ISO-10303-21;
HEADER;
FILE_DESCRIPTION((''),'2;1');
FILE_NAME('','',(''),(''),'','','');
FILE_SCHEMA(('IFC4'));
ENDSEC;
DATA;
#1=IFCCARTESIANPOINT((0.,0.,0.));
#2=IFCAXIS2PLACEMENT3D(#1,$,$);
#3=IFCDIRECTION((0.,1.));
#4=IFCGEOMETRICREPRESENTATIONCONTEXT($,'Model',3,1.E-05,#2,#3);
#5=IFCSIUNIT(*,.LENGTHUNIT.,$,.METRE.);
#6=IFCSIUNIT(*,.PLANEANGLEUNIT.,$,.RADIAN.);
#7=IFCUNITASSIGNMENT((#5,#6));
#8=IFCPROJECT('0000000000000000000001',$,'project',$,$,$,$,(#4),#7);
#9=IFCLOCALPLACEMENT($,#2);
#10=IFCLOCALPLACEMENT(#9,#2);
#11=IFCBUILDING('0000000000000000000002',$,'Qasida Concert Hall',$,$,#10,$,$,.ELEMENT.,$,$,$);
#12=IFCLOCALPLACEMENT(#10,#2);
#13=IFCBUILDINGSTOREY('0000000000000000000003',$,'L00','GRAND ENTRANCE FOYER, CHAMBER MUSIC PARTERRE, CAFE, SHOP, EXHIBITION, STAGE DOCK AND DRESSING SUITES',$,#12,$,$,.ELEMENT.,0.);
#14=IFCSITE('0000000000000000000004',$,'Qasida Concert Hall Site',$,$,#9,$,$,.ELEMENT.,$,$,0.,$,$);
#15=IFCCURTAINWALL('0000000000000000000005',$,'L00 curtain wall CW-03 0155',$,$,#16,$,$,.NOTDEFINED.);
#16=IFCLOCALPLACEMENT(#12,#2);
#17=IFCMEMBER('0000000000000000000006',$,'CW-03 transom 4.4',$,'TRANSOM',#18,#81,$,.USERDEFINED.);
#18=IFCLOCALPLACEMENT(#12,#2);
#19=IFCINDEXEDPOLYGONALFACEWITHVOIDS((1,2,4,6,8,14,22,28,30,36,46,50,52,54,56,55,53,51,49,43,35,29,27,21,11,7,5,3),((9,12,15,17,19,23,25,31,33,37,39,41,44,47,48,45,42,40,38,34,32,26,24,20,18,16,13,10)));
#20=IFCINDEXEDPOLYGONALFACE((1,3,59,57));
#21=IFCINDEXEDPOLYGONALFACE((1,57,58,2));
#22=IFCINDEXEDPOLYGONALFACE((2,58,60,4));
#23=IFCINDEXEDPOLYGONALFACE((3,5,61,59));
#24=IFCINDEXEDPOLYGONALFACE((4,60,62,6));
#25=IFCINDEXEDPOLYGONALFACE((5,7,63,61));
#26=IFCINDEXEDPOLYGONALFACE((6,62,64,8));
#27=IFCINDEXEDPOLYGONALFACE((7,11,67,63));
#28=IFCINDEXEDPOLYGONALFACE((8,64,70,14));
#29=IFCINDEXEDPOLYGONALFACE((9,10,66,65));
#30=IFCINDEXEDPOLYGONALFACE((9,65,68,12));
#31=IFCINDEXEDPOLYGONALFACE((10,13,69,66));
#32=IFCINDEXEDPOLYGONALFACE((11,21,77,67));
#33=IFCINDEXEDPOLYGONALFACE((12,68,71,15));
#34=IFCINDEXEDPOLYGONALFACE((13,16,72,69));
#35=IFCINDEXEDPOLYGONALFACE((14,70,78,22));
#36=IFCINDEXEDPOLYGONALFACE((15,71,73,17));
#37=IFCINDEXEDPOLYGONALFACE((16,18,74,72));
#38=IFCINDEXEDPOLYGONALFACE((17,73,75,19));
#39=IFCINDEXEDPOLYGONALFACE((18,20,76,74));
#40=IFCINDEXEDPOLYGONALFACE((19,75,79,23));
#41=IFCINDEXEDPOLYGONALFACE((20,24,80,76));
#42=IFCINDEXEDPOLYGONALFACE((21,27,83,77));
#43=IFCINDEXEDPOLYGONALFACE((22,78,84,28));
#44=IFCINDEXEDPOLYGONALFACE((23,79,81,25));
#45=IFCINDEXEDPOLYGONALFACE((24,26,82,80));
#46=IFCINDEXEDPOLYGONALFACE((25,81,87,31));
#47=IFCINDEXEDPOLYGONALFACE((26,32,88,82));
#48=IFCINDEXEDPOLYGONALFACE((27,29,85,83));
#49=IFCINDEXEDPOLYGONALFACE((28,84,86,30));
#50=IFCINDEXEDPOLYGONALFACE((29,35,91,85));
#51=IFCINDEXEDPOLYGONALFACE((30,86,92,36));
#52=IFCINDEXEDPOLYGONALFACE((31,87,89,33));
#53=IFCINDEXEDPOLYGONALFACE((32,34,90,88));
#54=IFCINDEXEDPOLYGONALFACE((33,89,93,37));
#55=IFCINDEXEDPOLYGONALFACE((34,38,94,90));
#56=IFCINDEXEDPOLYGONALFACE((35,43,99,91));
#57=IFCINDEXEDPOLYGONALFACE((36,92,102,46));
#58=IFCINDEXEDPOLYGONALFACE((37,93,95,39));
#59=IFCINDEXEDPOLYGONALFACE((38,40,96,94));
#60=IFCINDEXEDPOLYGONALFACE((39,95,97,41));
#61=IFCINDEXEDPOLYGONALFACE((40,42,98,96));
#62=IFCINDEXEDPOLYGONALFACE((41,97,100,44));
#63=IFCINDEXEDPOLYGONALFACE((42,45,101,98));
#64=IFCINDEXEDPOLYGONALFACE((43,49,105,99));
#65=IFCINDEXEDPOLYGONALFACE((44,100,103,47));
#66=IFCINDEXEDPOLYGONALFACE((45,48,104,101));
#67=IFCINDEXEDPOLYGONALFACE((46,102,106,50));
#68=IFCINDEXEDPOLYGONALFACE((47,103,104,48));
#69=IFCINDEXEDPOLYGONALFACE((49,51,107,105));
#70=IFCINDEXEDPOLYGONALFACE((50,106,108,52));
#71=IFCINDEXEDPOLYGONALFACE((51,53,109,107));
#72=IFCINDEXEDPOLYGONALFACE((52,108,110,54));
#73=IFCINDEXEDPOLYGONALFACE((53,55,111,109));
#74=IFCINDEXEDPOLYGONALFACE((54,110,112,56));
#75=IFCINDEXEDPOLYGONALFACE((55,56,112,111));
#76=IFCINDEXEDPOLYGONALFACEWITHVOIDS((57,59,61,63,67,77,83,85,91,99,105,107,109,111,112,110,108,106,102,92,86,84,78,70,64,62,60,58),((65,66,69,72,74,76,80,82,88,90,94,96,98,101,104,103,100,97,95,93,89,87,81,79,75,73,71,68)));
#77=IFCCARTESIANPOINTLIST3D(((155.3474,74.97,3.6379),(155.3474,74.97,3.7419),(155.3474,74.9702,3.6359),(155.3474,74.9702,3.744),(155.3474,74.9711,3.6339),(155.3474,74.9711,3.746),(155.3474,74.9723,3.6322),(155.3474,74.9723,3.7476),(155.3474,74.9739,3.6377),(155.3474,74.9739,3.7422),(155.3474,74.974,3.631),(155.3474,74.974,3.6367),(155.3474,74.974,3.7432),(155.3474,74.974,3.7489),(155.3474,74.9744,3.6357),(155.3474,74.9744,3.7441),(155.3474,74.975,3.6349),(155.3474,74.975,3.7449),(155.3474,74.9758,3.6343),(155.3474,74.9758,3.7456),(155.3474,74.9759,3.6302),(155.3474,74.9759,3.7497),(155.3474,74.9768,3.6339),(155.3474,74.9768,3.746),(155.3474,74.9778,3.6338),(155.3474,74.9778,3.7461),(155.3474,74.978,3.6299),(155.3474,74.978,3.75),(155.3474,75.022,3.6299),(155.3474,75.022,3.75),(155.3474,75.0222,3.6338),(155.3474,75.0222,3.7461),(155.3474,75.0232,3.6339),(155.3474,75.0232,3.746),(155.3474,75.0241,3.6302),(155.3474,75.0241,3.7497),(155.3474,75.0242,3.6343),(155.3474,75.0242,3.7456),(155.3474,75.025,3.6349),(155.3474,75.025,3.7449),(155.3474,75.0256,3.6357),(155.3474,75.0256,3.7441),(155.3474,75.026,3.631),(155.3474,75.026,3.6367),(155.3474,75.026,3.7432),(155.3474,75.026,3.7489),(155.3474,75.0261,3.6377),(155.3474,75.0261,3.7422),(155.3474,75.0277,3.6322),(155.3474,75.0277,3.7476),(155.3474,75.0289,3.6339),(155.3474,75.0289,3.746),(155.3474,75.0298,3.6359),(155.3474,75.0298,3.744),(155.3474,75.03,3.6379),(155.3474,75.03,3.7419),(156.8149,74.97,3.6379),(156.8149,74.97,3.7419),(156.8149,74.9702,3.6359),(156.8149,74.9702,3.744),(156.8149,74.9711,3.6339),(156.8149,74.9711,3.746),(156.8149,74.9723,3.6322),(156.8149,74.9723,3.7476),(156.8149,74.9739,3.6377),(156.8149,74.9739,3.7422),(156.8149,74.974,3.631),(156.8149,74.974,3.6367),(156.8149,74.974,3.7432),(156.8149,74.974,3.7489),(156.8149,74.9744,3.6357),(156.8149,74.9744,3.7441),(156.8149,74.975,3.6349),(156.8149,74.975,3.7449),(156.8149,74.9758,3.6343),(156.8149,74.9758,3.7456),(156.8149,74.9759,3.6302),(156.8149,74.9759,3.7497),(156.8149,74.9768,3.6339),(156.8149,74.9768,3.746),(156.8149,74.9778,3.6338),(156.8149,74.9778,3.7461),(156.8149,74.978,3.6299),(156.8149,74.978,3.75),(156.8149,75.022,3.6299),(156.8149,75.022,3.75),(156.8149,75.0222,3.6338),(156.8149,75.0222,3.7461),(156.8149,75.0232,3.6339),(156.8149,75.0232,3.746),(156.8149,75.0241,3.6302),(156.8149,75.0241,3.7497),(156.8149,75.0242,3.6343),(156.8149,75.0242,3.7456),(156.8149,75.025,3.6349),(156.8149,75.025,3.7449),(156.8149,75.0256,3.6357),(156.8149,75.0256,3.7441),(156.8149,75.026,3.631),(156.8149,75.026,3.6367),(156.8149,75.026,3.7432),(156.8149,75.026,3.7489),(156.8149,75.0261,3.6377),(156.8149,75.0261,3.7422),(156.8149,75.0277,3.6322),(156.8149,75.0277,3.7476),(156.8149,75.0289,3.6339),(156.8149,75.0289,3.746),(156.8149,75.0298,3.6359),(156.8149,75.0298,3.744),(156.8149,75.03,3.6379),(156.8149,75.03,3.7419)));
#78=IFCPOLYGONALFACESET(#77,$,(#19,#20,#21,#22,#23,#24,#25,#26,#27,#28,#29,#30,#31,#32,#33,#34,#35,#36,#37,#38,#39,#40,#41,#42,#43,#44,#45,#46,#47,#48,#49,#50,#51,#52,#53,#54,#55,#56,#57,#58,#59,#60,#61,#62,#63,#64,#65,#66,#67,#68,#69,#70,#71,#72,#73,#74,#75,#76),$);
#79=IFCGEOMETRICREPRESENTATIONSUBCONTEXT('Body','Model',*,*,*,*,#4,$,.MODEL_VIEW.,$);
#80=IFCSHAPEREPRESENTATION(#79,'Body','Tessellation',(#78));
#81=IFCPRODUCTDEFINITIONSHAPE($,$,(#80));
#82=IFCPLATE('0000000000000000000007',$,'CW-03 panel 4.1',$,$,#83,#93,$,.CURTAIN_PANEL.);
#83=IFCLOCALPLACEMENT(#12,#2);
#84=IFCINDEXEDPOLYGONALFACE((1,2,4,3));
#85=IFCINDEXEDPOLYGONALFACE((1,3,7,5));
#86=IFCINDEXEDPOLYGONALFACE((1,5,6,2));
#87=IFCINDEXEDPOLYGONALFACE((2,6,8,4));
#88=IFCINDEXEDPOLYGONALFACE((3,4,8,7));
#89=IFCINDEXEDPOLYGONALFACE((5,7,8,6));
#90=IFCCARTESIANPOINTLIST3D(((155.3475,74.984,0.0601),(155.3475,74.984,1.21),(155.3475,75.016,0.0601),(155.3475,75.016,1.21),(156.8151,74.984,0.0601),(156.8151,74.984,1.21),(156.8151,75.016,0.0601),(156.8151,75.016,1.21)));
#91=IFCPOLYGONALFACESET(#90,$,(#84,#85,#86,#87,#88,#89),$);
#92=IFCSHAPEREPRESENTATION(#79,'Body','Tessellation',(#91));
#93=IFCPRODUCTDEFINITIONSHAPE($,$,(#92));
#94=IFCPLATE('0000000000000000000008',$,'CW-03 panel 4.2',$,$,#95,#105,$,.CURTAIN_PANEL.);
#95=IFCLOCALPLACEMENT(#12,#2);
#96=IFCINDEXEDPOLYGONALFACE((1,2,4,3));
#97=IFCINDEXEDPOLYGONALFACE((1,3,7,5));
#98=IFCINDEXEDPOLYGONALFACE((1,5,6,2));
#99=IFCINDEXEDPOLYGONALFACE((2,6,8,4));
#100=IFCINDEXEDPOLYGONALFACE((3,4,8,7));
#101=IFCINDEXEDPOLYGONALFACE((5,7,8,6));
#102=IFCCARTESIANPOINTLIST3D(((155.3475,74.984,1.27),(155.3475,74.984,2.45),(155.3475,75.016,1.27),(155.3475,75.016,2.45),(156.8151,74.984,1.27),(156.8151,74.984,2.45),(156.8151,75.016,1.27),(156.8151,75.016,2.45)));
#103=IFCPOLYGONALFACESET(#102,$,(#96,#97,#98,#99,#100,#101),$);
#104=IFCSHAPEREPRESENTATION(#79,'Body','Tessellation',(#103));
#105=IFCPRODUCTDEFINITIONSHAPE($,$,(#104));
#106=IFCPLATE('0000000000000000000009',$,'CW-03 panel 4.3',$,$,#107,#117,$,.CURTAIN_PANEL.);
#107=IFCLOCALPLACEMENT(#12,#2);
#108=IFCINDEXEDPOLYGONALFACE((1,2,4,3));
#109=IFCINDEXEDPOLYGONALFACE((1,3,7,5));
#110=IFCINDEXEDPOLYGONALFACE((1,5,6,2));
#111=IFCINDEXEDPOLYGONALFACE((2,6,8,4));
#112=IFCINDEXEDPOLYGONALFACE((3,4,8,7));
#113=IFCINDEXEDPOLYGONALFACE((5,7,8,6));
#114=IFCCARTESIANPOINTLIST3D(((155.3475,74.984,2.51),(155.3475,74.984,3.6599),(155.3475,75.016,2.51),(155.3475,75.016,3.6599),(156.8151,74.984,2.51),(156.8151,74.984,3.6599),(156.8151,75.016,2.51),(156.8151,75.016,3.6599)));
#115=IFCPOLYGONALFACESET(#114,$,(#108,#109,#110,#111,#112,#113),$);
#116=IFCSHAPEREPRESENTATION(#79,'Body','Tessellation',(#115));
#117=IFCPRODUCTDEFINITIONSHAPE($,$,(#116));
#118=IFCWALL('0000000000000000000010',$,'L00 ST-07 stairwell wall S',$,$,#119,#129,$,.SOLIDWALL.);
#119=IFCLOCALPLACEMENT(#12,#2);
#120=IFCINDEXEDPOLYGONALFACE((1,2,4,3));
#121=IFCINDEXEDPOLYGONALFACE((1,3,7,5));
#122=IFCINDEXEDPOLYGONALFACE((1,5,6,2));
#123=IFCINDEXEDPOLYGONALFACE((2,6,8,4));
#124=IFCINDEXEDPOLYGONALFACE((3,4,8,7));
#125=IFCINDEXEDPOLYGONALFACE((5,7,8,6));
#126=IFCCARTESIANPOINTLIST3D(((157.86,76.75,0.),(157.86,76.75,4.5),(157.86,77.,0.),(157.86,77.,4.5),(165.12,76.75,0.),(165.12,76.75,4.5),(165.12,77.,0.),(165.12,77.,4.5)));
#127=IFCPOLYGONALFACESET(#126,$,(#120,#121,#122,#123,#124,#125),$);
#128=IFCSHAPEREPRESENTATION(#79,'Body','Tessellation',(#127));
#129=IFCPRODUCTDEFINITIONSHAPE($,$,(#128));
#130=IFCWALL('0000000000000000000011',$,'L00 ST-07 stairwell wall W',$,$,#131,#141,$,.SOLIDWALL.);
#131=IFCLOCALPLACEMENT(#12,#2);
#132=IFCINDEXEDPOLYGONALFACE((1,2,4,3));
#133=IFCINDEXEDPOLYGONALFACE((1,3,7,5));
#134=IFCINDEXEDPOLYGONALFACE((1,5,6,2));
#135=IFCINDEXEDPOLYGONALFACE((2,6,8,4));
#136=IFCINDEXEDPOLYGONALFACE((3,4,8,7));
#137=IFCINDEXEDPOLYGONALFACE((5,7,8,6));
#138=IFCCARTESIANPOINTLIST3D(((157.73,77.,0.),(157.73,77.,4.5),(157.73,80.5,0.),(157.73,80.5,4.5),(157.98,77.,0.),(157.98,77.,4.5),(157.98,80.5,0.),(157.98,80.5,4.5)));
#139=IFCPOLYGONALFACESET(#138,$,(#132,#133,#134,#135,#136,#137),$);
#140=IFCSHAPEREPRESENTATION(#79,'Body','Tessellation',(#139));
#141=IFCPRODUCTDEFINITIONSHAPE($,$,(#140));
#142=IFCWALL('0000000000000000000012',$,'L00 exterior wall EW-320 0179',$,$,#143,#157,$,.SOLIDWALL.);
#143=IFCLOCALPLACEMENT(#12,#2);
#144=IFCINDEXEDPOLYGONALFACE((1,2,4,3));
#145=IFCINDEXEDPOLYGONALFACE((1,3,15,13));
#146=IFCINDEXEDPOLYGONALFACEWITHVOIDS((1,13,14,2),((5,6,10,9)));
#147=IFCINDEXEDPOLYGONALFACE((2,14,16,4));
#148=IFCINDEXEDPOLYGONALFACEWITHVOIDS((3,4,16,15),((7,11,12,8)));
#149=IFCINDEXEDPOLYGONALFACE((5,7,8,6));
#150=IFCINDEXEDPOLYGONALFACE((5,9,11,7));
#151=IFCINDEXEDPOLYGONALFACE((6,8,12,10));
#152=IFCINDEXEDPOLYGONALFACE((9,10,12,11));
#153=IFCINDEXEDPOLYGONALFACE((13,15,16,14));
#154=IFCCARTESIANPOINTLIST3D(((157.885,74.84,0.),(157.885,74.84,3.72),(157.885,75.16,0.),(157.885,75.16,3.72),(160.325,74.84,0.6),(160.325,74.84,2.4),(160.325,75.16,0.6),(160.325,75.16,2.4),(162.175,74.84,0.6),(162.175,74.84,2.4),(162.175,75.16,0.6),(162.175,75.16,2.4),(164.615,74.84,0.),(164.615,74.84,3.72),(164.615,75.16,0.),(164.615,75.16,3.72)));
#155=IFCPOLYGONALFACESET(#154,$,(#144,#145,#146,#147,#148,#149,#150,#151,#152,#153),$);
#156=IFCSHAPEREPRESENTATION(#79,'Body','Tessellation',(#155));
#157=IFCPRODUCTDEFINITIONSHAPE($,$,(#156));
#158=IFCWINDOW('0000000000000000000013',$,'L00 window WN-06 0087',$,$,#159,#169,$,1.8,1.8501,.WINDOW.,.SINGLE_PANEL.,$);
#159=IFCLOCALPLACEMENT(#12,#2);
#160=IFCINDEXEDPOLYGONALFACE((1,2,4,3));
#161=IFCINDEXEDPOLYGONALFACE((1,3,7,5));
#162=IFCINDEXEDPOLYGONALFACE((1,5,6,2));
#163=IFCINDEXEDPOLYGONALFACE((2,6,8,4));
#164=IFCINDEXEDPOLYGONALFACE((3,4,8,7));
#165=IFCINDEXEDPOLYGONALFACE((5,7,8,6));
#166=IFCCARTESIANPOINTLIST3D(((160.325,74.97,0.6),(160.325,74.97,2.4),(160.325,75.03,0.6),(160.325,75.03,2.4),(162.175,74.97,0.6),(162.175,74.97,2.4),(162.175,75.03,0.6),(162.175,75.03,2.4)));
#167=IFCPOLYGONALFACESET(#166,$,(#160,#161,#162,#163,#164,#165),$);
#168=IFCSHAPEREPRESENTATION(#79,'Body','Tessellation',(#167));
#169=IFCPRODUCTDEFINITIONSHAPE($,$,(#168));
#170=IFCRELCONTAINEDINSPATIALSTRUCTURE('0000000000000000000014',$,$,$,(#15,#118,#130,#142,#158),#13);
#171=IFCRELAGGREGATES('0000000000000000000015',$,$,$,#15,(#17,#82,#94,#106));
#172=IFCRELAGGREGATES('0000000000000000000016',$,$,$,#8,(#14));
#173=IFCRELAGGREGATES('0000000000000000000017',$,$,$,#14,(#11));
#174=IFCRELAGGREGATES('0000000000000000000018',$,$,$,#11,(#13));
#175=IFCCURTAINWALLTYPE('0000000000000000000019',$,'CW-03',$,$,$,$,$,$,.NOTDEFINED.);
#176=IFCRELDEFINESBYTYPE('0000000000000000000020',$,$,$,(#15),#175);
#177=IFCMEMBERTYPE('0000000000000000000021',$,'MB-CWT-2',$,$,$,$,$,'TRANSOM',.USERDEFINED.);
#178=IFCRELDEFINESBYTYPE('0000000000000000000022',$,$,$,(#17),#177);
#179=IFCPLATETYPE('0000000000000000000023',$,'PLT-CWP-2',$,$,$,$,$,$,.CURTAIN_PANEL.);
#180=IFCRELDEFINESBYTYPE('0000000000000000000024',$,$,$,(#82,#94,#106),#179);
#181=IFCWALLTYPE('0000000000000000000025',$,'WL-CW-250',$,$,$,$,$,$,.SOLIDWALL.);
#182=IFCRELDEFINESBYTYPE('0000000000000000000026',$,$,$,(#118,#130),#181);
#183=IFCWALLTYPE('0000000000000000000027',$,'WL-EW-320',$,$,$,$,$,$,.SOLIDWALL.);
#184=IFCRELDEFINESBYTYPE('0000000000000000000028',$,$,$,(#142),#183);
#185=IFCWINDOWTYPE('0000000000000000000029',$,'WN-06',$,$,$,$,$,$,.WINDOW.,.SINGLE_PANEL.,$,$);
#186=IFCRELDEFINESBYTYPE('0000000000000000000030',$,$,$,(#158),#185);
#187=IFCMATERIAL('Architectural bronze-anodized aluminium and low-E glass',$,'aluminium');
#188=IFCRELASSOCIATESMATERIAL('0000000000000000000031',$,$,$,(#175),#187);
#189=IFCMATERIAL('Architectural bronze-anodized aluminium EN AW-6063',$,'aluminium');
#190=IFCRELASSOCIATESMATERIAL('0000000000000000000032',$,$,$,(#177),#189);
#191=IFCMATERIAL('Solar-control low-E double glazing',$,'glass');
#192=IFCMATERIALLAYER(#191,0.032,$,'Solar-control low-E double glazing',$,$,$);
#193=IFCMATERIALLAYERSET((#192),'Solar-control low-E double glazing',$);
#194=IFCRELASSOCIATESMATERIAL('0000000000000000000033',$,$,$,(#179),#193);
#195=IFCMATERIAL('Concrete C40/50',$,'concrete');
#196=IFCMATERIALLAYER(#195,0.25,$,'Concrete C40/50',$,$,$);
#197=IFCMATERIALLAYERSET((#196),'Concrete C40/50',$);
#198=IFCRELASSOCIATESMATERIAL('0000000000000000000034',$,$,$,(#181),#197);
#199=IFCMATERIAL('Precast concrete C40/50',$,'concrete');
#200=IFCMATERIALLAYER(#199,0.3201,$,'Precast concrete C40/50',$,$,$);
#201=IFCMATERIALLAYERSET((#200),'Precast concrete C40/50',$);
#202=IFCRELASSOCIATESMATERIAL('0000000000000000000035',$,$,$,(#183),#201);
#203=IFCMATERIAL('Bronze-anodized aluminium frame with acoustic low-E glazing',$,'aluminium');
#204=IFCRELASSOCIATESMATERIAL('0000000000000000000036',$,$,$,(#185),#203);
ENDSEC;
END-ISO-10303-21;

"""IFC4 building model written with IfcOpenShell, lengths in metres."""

from ifc_helpers import new_model, si_unit, direction, frame, frame_2d, origin, origin_2d, place, context, subcontext, project, spatial, rectangle, hollow_rectangle, extrude, material, layer, layer_set, material_profile, profile_set, type_object, element, fill, aggregate, save


model = new_model("IFC4")

# Units and contexts
model_context = context("Model", 3, precision=1e-05, world=origin(), true_north=direction((0.0, 1.0)))
body_context = subcontext(model_context, "Body", "Model", "MODEL_VIEW")
ifc_project = project(units=[si_unit("LENGTHUNIT", "METRE"), si_unit("PLANEANGLEUNIT", "RADIAN")], contexts=[model_context])

# Site, building, storey
site_placement = place(None, origin())
site = spatial("IfcSite", under=ifc_project, at=site_placement, Name="Qasida Concert Hall Site", CompositionType="ELEMENT", RefElevation=0.0)
building_placement = place(site_placement, origin())
building = spatial("IfcBuilding", under=site, at=building_placement, Name="Qasida Concert Hall", CompositionType="ELEMENT")
storey_placement = place(building_placement, origin())
storey = spatial("IfcBuildingStorey", under=building, at=storey_placement, Name="L00", Description="GRAND ENTRANCE FOYER, CHAMBER MUSIC PARTERRE, CAFE, SHOP, EXHIBITION, STAGE DOCK AND DRESSING SUITES", CompositionType="ELEMENT", Elevation=0.0)

# Shared definitions
ifc_material_1 = material(Name="Concrete C40/50", Category="concrete")

# Curtain wall, member, plates
ifc_material_2 = material(Name="Architectural bronze-anodized aluminium and low-E glass", Category="aluminium")
curtain_wall_type = type_object("IfcCurtainWallType", Name="CW-03", PredefinedType="NOTDEFINED", material=ifc_material_2)
curtain_wall_placement = place(storey_placement, origin())
curtain_wall = element("IfcCurtainWall", 1, at=curtain_wall_placement, inside=storey, type_object=curtain_wall_type, Name="L00 curtain wall CW-03 0155", PredefinedType="NOTDEFINED")
ifc_material_3 = material(Name="Architectural bronze-anodized aluminium EN AW-6063", Category="aluminium")
ifc_material_profile_1 = material_profile(ifc_material_3, hollow_rectangle(XDim=0.0601, YDim=0.1201, WallThickness=0.0039, InnerFilletRadius=0.0039, OuterFilletRadius=0.0081, at=origin_2d()), Name="CWT 120x60x4")
ifc_profile_set_1 = profile_set([ifc_material_profile_1], Name="Architectural bronze-anodized aluminium EN AW-6063")
member_type_1 = type_object("IfcMemberType", Name="MB-CWT-2", ElementType="TRANSOM", PredefinedType="USERDEFINED", material=ifc_profile_set_1)
member_1_placement = place(storey_placement, frame((155.3474, 75.0, 3.6899), z_axis=(1.0, 0.0, 0.0), x_axis=(0.0, 1.0, 0.0)))
member_1 = element("IfcMember", 2, at=member_1_placement, type_object=member_type_1, Name="CW-03 transom 4.4", ObjectType="TRANSOM", PredefinedType="USERDEFINED", context=body_context, shape_type="SweptSolid", body=[
    extrude(hollow_rectangle(XDim=0.0601, YDim=0.1201, WallThickness=0.0039, InnerFilletRadius=0.0039, OuterFilletRadius=0.0081, at=origin_2d()), origin(), (0.0, 0.0, 1.0), 1.4675),
])
ifc_material_4 = material(Name="Solar-control low-E double glazing", Category="glass")
ifc_layer_1 = layer(ifc_material_4, 0.032, Name="Solar-control low-E double glazing")
ifc_layer_set_1 = layer_set([ifc_layer_1], Name="Solar-control low-E double glazing")
plate_type = type_object("IfcPlateType", Name="PLT-CWP-2", PredefinedType="CURTAIN_PANEL", material=ifc_layer_set_1)
plate_1_placement = place(storey_placement, frame((156.0813, 75.0, 0.0601), z_axis=(0.0, 0.0, 1.0), x_axis=(1.0, 0.0, 0.0)))
plate_1 = element("IfcPlate", 3, at=plate_1_placement, type_object=plate_type, Name="CW-03 panel 4.1", PredefinedType="CURTAIN_PANEL", context=body_context, shape_type="SweptSolid", body=[
    extrude(rectangle(XDim=1.4675, YDim=0.032, at=origin_2d()), origin(), (0.0, 0.0, 1.0), 1.1499),
])
plate_2_placement = place(storey_placement, frame((156.0813, 75.0, 1.27), z_axis=(0.0, 0.0, 1.0), x_axis=(1.0, 0.0, 0.0)))
plate_2 = element("IfcPlate", 4, at=plate_2_placement, type_object=plate_type, Name="CW-03 panel 4.2", PredefinedType="CURTAIN_PANEL", context=body_context, shape_type="SweptSolid", body=[
    extrude(rectangle(XDim=1.4675, YDim=0.032, at=origin_2d()), origin(), (0.0, 0.0, 1.0), 1.1799),
])
plate_3_placement = place(storey_placement, frame((156.0813, 75.0, 2.51), z_axis=(0.0, 0.0, 1.0), x_axis=(1.0, 0.0, 0.0)))
plate_3 = element("IfcPlate", 5, at=plate_3_placement, type_object=plate_type, Name="CW-03 panel 4.3", PredefinedType="CURTAIN_PANEL", context=body_context, shape_type="SweptSolid", body=[
    extrude(rectangle(XDim=1.4675, YDim=0.032, at=origin_2d()), origin(), (0.0, 0.0, 1.0), 1.1499),
])
aggregate(curtain_wall, [member_1, plate_1, plate_2, plate_3])

# Walls
ifc_layer_2 = layer(ifc_material_1, 0.25, Name="Concrete C40/50")
ifc_layer_set_2 = layer_set([ifc_layer_2], Name="Concrete C40/50")
wall_type_1 = type_object("IfcWallType", Name="WL-CW-250", PredefinedType="SOLIDWALL", material=ifc_layer_set_2)
wall_1_placement = place(storey_placement, frame((157.8601, 76.875, 0.0), z_axis=(0.0, 0.0, 1.0), x_axis=(1.0, 0.0, 0.0)))
element("IfcWall", 6, at=wall_1_placement, inside=storey, type_object=wall_type_1, Name="L00 ST-07 stairwell wall S", PredefinedType="SOLIDWALL", context=body_context, shape_type="SweptSolid", body=[
    extrude(rectangle(XDim=7.26, YDim=0.25, at=frame_2d((3.6299, 0.0))), origin(), (0.0, 0.0, 1.0), 4.5),
])
wall_2_placement = place(storey_placement, frame((157.855, 77.0, 0.0), z_axis=(0.0, 0.0, 1.0), x_axis=(0.0, 1.0, 0.0)))
element("IfcWall", 7, at=wall_2_placement, inside=storey, type_object=wall_type_1, Name="L00 ST-07 stairwell wall W", PredefinedType="SOLIDWALL", context=body_context, shape_type="SweptSolid", body=[
    extrude(rectangle(XDim=3.5, YDim=0.25, at=frame_2d((1.75, 0.0))), origin(), (0.0, 0.0, 1.0), 4.5),
])

# Wall, opening, window
ifc_material_5 = material(Name="Precast concrete C40/50", Category="concrete")
ifc_layer_3 = layer(ifc_material_5, 0.3201, Name="Precast concrete C40/50")
ifc_layer_set_3 = layer_set([ifc_layer_3], Name="Precast concrete C40/50")
wall_type_2 = type_object("IfcWallType", Name="WL-EW-320", PredefinedType="SOLIDWALL", material=ifc_layer_set_3)
wall_3_placement = place(storey_placement, frame((157.885, 75.0, 0.0), z_axis=(0.0, 0.0, 1.0), x_axis=(1.0, 0.0, 0.0)))
wall_3 = element("IfcWall", 8, at=wall_3_placement, inside=storey, type_object=wall_type_2, Name="L00 exterior wall EW-320 0179", PredefinedType="SOLIDWALL", context=body_context, shape_type="SweptSolid", body=[
    extrude(rectangle(XDim=6.73, YDim=0.3201, at=frame_2d((3.365, 0.0))), origin(), (0.0, 0.0, 1.0), 3.72),
])
opening_1_placement = place(wall_3_placement, frame((2.4399, 0.0, 0.6001)))
opening_1 = element("IfcOpeningElement", 9, at=opening_1_placement, cuts=wall_3, PredefinedType="OPENING", context=body_context, shape_type="SweptSolid", body=[
    extrude(rectangle(XDim=1.8501, YDim=1.8, at=frame_2d((0.925, 0.8999))), frame((0.0, 0.1699, 0.0), z_axis=(0.0, -1.0, 0.0), x_axis=(1.0, 0.0, 0.0)), (0.0, 0.0, 1.0), 0.3401),
])
ifc_material_6 = material(Name="Bronze-anodized aluminium frame with acoustic low-E glazing", Category="aluminium")
window_type = type_object("IfcWindowType", Name="WN-06", PartitioningType="SINGLE_PANEL", PredefinedType="WINDOW", material=ifc_material_6)
window_placement = place(opening_1_placement, origin())
window = element("IfcWindow", 10, at=window_placement, inside=storey, type_object=window_type, Name="L00 window WN-06 0087", OverallHeight=1.8, OverallWidth=1.8501, PartitioningType="SINGLE_PANEL", PredefinedType="WINDOW", context=body_context, shape_type="SweptSolid", body=[
    extrude(rectangle(XDim=1.8501, YDim=1.8, at=frame_2d((0.925, 0.8999))), frame((0.0, 0.03, 0.0), z_axis=(0.0, -1.0, 0.0), x_axis=(1.0, 0.0, 0.0)), (0.0, 0.0, 1.0), 0.0601),
])
fill(opening_1, window)

save(model, "model.ifc")
